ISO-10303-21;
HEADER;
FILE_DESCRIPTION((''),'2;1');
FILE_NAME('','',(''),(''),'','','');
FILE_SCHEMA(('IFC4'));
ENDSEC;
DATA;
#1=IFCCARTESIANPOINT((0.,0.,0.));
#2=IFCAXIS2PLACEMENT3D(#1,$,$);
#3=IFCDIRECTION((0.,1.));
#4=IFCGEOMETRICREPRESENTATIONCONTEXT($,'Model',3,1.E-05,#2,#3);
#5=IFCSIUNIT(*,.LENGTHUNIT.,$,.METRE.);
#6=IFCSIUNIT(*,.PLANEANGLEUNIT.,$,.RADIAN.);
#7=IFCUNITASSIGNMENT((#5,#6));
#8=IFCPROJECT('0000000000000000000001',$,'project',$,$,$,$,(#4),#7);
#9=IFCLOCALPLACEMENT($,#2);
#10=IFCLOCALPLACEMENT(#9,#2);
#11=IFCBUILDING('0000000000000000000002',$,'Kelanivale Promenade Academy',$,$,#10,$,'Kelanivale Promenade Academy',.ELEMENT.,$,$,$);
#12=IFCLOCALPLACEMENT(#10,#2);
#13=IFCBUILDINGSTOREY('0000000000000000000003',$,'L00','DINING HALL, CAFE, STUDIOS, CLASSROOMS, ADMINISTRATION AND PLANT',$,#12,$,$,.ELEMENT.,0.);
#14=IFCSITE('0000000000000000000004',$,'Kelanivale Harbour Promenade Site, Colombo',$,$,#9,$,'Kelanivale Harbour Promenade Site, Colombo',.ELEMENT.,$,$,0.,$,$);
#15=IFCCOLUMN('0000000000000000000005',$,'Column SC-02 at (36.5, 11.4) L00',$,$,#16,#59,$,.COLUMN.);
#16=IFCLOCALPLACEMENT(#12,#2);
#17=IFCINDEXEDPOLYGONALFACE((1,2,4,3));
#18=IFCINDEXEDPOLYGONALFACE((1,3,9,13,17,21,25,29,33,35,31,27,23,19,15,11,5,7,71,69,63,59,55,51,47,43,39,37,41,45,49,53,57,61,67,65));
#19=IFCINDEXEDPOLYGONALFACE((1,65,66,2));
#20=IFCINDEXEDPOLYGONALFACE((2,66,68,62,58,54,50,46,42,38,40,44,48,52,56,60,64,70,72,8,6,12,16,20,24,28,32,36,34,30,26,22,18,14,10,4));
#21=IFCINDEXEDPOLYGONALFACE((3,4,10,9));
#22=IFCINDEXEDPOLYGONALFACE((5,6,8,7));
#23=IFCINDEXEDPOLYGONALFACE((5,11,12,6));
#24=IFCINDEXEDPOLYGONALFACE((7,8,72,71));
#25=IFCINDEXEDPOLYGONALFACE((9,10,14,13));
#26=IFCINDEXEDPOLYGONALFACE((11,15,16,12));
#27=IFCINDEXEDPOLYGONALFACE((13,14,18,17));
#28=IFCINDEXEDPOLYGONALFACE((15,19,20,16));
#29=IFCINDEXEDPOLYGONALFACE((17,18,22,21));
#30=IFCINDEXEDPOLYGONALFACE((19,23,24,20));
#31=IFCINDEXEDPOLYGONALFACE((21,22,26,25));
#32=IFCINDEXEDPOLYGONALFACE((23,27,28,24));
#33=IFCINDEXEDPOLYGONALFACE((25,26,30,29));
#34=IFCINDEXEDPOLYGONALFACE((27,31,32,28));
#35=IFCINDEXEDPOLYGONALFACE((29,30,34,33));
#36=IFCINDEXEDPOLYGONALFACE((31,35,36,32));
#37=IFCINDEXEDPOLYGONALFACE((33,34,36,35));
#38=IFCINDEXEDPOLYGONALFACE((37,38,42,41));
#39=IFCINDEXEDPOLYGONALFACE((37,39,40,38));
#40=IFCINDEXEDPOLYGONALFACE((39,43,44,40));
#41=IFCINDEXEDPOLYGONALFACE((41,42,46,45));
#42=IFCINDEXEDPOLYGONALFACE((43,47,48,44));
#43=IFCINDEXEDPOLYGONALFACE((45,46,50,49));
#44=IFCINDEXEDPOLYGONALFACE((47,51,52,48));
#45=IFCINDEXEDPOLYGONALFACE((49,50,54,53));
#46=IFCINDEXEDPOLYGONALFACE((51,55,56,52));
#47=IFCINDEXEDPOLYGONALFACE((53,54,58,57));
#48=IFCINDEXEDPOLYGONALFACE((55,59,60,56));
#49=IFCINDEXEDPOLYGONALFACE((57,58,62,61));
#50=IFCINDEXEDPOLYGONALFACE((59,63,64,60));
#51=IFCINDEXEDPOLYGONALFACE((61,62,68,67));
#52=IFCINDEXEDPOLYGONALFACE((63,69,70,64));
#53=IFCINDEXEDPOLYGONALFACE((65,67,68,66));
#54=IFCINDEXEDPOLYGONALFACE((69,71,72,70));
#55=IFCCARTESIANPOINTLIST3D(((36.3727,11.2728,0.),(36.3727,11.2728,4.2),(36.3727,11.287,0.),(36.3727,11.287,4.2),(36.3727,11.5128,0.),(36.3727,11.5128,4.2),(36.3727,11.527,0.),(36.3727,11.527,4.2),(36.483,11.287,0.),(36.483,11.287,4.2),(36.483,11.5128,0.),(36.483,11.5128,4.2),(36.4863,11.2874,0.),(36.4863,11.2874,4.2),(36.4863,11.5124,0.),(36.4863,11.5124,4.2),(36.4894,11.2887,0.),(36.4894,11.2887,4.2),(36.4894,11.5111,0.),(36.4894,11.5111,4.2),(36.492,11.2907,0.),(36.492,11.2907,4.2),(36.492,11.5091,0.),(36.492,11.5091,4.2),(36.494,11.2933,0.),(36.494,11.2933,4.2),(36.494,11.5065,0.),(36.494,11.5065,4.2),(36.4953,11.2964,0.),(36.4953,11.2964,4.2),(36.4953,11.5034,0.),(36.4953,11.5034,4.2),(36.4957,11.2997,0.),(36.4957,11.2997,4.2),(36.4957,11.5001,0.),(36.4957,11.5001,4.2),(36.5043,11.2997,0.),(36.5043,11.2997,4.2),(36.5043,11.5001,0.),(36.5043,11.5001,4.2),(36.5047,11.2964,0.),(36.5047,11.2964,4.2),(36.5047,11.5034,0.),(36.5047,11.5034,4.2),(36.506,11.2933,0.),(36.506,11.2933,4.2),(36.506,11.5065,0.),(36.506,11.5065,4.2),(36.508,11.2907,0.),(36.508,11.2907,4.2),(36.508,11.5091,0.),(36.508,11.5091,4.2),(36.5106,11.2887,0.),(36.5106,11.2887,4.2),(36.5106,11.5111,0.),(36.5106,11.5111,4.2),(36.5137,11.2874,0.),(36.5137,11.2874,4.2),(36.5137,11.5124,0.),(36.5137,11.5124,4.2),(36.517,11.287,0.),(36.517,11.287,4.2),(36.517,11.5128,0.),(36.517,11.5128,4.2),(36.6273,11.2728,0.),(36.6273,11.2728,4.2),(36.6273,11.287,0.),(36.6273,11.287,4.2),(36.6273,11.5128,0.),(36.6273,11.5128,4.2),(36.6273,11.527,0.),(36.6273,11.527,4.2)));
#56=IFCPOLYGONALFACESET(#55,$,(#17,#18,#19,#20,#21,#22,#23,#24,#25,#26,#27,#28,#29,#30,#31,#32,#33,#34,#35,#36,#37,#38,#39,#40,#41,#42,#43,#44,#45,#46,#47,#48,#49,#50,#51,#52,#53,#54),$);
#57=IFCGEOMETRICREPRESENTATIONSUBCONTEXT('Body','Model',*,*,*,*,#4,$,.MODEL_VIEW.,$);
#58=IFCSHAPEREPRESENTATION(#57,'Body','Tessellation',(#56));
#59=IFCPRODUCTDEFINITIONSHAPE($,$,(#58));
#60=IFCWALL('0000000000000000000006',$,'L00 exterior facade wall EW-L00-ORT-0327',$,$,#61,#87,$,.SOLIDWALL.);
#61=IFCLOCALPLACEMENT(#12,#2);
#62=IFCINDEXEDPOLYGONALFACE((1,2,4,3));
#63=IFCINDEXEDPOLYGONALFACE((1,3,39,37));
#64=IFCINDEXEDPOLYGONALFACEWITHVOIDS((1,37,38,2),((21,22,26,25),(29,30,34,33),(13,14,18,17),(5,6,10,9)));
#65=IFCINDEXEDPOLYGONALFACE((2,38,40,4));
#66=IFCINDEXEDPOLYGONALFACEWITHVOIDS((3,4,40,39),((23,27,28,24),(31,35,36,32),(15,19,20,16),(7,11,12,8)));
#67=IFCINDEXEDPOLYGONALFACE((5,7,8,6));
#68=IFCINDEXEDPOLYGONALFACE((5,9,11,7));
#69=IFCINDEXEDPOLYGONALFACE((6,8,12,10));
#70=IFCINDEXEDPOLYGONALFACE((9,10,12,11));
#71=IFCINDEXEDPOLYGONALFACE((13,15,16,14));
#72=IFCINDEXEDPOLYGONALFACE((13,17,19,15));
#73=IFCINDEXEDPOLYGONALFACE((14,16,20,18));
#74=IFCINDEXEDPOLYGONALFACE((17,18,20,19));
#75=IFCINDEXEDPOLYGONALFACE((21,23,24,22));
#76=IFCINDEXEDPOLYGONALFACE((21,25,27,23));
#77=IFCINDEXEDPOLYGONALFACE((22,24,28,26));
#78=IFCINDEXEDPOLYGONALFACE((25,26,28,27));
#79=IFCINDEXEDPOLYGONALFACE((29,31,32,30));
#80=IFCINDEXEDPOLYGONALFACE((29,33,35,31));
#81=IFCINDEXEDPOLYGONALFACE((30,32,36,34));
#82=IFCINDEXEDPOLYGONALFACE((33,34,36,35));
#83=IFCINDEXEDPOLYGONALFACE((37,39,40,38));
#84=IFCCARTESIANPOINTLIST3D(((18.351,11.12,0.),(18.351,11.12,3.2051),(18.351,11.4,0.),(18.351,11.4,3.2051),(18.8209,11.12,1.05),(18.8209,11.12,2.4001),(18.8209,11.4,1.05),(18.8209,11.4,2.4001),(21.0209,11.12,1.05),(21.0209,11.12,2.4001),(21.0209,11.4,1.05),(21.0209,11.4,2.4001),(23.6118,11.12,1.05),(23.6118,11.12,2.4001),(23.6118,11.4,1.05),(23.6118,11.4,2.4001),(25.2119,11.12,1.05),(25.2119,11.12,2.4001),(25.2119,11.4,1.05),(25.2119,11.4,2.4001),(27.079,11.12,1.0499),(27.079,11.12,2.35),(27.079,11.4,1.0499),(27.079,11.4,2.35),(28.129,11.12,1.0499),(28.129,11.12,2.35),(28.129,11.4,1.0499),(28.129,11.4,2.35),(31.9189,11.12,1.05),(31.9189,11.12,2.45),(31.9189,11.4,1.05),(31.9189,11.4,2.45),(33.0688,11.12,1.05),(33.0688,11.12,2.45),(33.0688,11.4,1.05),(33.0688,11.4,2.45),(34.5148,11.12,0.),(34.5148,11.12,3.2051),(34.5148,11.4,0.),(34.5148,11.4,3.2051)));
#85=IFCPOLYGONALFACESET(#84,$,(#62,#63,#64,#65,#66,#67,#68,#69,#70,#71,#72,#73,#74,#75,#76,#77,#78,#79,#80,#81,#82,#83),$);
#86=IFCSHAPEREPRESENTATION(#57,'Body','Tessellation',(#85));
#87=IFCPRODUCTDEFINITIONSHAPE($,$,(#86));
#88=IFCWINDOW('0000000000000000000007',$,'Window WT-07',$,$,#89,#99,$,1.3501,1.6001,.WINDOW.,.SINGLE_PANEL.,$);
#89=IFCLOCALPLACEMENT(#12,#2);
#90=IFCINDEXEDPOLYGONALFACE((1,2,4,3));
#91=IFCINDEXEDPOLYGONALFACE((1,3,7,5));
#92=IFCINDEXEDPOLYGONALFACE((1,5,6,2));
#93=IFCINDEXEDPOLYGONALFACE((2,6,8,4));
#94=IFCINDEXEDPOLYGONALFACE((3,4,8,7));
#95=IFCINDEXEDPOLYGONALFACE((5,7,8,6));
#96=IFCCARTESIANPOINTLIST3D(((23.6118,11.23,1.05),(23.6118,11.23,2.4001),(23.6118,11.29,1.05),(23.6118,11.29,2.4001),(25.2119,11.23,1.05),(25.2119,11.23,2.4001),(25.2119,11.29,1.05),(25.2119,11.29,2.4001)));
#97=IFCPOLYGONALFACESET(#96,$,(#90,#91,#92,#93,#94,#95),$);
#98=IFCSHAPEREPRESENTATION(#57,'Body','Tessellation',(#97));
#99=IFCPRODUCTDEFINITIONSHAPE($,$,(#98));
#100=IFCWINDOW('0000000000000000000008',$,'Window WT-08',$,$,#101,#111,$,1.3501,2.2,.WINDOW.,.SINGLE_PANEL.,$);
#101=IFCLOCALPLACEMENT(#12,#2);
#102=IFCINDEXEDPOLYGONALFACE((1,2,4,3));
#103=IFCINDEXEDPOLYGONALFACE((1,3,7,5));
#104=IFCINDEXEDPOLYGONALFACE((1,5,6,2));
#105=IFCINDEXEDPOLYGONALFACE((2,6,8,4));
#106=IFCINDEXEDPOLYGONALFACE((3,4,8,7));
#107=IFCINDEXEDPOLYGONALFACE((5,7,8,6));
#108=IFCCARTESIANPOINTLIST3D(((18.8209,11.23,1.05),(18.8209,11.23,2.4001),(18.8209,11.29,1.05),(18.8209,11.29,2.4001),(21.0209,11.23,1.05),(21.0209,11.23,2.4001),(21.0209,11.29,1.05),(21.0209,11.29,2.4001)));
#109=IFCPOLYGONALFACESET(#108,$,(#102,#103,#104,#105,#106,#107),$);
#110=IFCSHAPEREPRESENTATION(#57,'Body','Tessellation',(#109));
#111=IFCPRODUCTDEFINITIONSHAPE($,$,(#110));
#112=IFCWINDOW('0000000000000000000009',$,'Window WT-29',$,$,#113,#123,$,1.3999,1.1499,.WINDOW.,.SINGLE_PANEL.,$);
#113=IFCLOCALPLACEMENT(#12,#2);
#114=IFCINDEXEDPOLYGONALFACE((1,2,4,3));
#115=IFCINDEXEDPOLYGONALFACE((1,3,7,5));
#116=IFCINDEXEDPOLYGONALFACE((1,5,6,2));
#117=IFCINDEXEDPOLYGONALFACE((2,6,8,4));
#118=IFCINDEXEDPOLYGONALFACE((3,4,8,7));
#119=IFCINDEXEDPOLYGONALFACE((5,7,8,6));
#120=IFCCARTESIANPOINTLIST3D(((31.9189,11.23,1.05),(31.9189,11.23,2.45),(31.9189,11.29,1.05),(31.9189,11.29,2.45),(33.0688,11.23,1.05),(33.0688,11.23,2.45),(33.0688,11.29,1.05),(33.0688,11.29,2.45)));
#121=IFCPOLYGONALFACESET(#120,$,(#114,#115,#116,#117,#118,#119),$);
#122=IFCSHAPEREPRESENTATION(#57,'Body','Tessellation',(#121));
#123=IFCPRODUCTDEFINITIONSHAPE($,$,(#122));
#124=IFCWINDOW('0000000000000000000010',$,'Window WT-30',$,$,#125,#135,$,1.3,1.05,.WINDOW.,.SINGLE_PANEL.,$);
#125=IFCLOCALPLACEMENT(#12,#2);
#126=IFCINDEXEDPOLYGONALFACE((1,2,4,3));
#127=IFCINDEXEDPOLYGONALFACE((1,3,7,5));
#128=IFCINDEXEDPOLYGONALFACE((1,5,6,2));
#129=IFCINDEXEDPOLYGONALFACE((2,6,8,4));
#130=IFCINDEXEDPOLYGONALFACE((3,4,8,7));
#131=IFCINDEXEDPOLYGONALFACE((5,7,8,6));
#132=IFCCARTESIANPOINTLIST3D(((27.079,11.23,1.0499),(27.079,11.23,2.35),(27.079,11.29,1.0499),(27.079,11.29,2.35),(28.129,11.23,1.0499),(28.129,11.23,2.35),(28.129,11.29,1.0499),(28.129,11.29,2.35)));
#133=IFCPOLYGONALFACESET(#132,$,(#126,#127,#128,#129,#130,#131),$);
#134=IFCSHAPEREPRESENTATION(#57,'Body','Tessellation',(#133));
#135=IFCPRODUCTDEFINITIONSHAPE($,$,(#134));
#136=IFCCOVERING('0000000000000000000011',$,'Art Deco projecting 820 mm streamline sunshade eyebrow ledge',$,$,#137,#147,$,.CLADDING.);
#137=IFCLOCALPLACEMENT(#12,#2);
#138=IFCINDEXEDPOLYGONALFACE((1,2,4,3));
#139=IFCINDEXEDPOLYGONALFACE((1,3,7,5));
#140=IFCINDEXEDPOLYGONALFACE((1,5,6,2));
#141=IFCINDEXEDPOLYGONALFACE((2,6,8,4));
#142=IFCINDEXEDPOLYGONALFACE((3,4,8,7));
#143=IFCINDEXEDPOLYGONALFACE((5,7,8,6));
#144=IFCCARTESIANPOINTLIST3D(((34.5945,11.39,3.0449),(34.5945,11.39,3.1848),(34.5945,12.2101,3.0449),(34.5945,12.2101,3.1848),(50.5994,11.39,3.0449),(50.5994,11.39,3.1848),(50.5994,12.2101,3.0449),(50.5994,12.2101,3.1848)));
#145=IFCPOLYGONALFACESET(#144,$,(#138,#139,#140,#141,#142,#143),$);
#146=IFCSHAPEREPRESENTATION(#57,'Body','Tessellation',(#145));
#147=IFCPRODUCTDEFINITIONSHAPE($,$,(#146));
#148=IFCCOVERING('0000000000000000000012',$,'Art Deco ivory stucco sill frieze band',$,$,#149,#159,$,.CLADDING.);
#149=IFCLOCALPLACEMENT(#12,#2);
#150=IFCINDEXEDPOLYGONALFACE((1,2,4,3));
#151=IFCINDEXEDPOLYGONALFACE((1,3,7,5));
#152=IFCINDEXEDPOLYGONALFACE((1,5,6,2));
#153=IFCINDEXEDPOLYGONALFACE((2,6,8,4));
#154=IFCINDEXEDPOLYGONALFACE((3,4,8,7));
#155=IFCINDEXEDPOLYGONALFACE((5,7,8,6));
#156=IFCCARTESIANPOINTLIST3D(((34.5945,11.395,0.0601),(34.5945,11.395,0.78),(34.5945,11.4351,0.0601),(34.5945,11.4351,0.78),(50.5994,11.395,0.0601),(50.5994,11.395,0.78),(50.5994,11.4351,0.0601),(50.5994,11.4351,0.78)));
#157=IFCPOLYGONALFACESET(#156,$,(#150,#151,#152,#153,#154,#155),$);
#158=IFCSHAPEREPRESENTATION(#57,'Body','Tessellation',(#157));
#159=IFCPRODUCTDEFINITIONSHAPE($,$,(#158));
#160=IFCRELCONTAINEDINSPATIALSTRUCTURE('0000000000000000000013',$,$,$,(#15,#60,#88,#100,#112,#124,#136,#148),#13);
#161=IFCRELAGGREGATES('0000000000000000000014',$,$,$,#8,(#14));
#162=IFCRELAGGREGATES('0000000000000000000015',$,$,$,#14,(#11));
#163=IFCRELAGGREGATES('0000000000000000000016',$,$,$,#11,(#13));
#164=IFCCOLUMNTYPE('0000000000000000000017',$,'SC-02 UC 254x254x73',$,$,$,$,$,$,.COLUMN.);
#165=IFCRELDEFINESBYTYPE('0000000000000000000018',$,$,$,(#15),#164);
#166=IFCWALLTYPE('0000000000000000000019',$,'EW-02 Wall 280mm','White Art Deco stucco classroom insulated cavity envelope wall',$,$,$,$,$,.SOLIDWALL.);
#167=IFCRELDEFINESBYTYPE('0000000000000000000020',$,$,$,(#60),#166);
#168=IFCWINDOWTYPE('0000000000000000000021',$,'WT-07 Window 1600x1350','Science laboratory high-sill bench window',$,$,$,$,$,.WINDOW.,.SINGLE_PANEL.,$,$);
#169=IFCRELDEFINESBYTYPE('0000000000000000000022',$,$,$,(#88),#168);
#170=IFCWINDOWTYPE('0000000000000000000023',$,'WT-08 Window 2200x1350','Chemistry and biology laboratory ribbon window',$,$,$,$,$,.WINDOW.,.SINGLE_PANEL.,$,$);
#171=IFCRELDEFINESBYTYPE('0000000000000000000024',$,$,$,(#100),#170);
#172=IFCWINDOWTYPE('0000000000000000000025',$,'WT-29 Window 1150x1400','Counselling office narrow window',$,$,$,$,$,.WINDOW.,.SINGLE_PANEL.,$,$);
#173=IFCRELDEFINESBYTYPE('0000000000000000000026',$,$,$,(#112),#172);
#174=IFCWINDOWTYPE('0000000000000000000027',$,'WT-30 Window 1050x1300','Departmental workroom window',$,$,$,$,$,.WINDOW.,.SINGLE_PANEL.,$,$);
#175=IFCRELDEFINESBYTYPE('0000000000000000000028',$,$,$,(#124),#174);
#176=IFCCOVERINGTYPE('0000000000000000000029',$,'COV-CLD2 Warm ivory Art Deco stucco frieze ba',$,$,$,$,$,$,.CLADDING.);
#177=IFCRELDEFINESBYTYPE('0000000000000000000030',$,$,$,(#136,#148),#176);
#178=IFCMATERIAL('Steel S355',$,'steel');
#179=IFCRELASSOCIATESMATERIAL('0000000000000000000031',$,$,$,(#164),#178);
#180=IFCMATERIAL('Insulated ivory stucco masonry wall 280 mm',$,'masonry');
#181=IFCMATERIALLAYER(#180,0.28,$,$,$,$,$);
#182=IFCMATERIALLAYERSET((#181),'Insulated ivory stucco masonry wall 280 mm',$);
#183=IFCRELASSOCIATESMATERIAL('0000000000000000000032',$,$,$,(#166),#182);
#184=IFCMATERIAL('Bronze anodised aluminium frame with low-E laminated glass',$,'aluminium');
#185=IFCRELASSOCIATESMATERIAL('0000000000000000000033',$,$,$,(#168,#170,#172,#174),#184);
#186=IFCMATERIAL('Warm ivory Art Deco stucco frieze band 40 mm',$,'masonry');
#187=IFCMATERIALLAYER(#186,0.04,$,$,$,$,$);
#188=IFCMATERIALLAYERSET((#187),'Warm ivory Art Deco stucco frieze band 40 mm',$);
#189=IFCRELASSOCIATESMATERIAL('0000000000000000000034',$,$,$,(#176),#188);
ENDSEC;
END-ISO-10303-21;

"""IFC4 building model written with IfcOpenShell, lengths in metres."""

from ifc_helpers import new_model, si_unit, direction, frame, frame_2d, origin, origin_2d, place, context, subcontext, project, spatial, rectangle, i_section, extrude, material, layer, layer_set, material_profile, profile_set, type_object, element, fill, save


model = new_model("IFC4")

# Units and contexts
model_context = context("Model", 3, precision=1e-05, world=origin(), true_north=direction((0.0, 1.0)))
body_context = subcontext(model_context, "Body", "Model", "MODEL_VIEW")
ifc_project = project(units=[si_unit("LENGTHUNIT", "METRE"), si_unit("PLANEANGLEUNIT", "RADIAN")], contexts=[model_context])

# Site, building, storey
site_placement = place(None, origin())
site = spatial("IfcSite", under=ifc_project, at=site_placement, Name="Kelanivale Harbour Promenade Site, Colombo", LongName="Kelanivale Harbour Promenade Site, Colombo", CompositionType="ELEMENT", RefElevation=0.0)
building_placement = place(site_placement, origin())
building = spatial("IfcBuilding", under=site, at=building_placement, Name="Kelanivale Promenade Academy", LongName="Kelanivale Promenade Academy", CompositionType="ELEMENT")
storey_placement = place(building_placement, origin())
storey = spatial("IfcBuildingStorey", under=building, at=storey_placement, Name="L00", Description="DINING HALL, CAFE, STUDIOS, CLASSROOMS, ADMINISTRATION AND PLANT", CompositionType="ELEMENT", Elevation=0.0)

# Column
ifc_material_1 = material(Name="Steel S355", Category="steel")
ifc_material_profile_1 = material_profile(ifc_material_1, i_section(OverallWidth=0.2546, OverallDepth=0.2542, WebThickness=0.0085, FlangeThickness=0.0142, FilletRadius=0.0127, at=origin_2d()), Name="UC 254x254x73")
ifc_profile_set_1 = profile_set([ifc_material_profile_1], Name="Steel S355")
column_type_1 = type_object("IfcColumnType", Name="SC-02 UC 254x254x73", PredefinedType="COLUMN", material=ifc_profile_set_1)
column_1_placement = place(storey_placement, frame((36.5, 11.3999, 0.0), z_axis=(0.0, 0.0, 1.0), x_axis=(1.0, 0.0, 0.0)))
element("IfcColumn", 1, at=column_1_placement, inside=storey, type_object=column_type_1, Name="Column SC-02 at (36.5, 11.4) L00", PredefinedType="COLUMN", context=body_context, shape_type="SweptSolid", body=[
    extrude(i_section(OverallWidth=0.2546, OverallDepth=0.2542, WebThickness=0.0085, FlangeThickness=0.0142, FilletRadius=0.0127, at=origin_2d()), origin(), (0.0, 0.0, 1.0), 4.2),
])

# Wall, openings, windows
ifc_material_2 = material(Name="Insulated ivory stucco masonry wall 280 mm", Category="masonry")
ifc_layer_1 = layer(ifc_material_2, 0.28)
ifc_layer_set_1 = layer_set([ifc_layer_1], Name="Insulated ivory stucco masonry wall 280 mm")
wall_type = type_object("IfcWallType", Name="EW-02 Wall 280mm", Description="White Art Deco stucco classroom insulated cavity envelope wall", PredefinedType="SOLIDWALL", material=ifc_layer_set_1)
wall_placement = place(storey_placement, frame((34.5149, 11.26, 0.0), z_axis=(0.0, 0.0, 1.0), x_axis=(-1.0, 0.0, 0.0)))
wall = element("IfcWall", 2, at=wall_placement, inside=storey, type_object=wall_type, Name="L00 exterior facade wall EW-L00-ORT-0327", PredefinedType="SOLIDWALL", context=body_context, shape_type="SweptSolid", body=[
    extrude(rectangle(XDim=16.1638, YDim=0.28, at=frame_2d((8.082, 0.0))), origin(), (0.0, 0.0, 1.0), 3.2051),
])
opening_1_placement = place(wall_placement, frame((1.446, 0.0, 1.05)))
opening_1 = element("IfcOpeningElement", 3, at=opening_1_placement, cuts=wall, PredefinedType="OPENING", context=body_context, shape_type="SweptSolid", body=[
    extrude(rectangle(XDim=1.1499, YDim=1.3999, at=frame_2d((0.575, 0.7))), frame((0.0, 0.1499, 0.0), z_axis=(0.0, -1.0, 0.0), x_axis=(1.0, 0.0, 0.0)), (0.0, 0.0, 1.0), 0.3),
])
opening_2_placement = place(wall_placement, frame((6.386, 0.0, 1.05)))
opening_2 = element("IfcOpeningElement", 4, at=opening_2_placement, cuts=wall, PredefinedType="OPENING", context=body_context, shape_type="SweptSolid", body=[
    extrude(rectangle(XDim=1.05, YDim=1.3, at=frame_2d((0.5249, 0.6499))), frame((0.0, 0.1499, 0.0), z_axis=(0.0, -1.0, 0.0), x_axis=(1.0, 0.0, 0.0)), (0.0, 0.0, 1.0), 0.3),
])
opening_3_placement = place(wall_placement, frame((9.303, 0.0, 1.05)))
opening_3 = element("IfcOpeningElement", 5, at=opening_3_placement, cuts=wall, PredefinedType="OPENING", context=body_context, shape_type="SweptSolid", body=[
    extrude(rectangle(XDim=1.6001, YDim=1.3501, at=frame_2d((0.8, 0.675))), frame((0.0, 0.1499, 0.0), z_axis=(0.0, -1.0, 0.0), x_axis=(1.0, 0.0, 0.0)), (0.0, 0.0, 1.0), 0.3),
])
opening_4_placement = place(wall_placement, frame((13.4939, 0.0, 1.05)))
opening_4 = element("IfcOpeningElement", 6, at=opening_4_placement, cuts=wall, PredefinedType="OPENING", context=body_context, shape_type="SweptSolid", body=[
    extrude(rectangle(XDim=2.2, YDim=1.3501, at=frame_2d((1.1001, 0.675))), frame((0.0, 0.1499, 0.0), z_axis=(0.0, -1.0, 0.0), x_axis=(1.0, 0.0, 0.0)), (0.0, 0.0, 1.0), 0.3),
])
ifc_material_3 = material(Name="Bronze anodised aluminium frame with low-E laminated glass", Category="aluminium")
window_type_1 = type_object("IfcWindowType", Name="WT-07 Window 1600x1350", Description="Science laboratory high-sill bench window", PartitioningType="SINGLE_PANEL", PredefinedType="WINDOW", material=ifc_material_3)
window_1_placement = place(opening_3_placement, origin())
window_1 = element("IfcWindow", 7, at=window_1_placement, inside=storey, type_object=window_type_1, Name="Window WT-07", OverallHeight=1.3501, OverallWidth=1.6001, PartitioningType="SINGLE_PANEL", PredefinedType="WINDOW", context=body_context, shape_type="SweptSolid", body=[
    extrude(rectangle(XDim=1.6001, YDim=1.3501, at=frame_2d((0.8, 0.675))), frame((0.0, 0.03, 0.0), z_axis=(0.0, -1.0, 0.0), x_axis=(1.0, 0.0, 0.0)), (0.0, 0.0, 1.0), 0.0601),
])
fill(opening_3, window_1)
window_type_2 = type_object("IfcWindowType", Name="WT-08 Window 2200x1350", Description="Chemistry and biology laboratory ribbon window", PartitioningType="SINGLE_PANEL", PredefinedType="WINDOW", material=ifc_material_3)
window_2_placement = place(opening_4_placement, origin())
window_2 = element("IfcWindow", 8, at=window_2_placement, inside=storey, type_object=window_type_2, Name="Window WT-08", OverallHeight=1.3501, OverallWidth=2.2, PartitioningType="SINGLE_PANEL", PredefinedType="WINDOW", context=body_context, shape_type="SweptSolid", body=[
    extrude(rectangle(XDim=2.2, YDim=1.3501, at=frame_2d((1.1001, 0.675))), frame((0.0, 0.03, 0.0), z_axis=(0.0, -1.0, 0.0), x_axis=(1.0, 0.0, 0.0)), (0.0, 0.0, 1.0), 0.0601),
])
fill(opening_4, window_2)
window_type_3 = type_object("IfcWindowType", Name="WT-29 Window 1150x1400", Description="Counselling office narrow window", PartitioningType="SINGLE_PANEL", PredefinedType="WINDOW", material=ifc_material_3)
window_3_placement = place(opening_1_placement, origin())
window_3 = element("IfcWindow", 9, at=window_3_placement, inside=storey, type_object=window_type_3, Name="Window WT-29", OverallHeight=1.3999, OverallWidth=1.1499, PartitioningType="SINGLE_PANEL", PredefinedType="WINDOW", context=body_context, shape_type="SweptSolid", body=[
    extrude(rectangle(XDim=1.1499, YDim=1.3999, at=frame_2d((0.575, 0.7))), frame((0.0, 0.03, 0.0), z_axis=(0.0, -1.0, 0.0), x_axis=(1.0, 0.0, 0.0)), (0.0, 0.0, 1.0), 0.0601),
])
fill(opening_1, window_3)
window_type_4 = type_object("IfcWindowType", Name="WT-30 Window 1050x1300", Description="Departmental workroom window", PartitioningType="SINGLE_PANEL", PredefinedType="WINDOW", material=ifc_material_3)
window_4_placement = place(opening_2_placement, origin())
window_4 = element("IfcWindow", 10, at=window_4_placement, inside=storey, type_object=window_type_4, Name="Window WT-30", OverallHeight=1.3, OverallWidth=1.05, PartitioningType="SINGLE_PANEL", PredefinedType="WINDOW", context=body_context, shape_type="SweptSolid", body=[
    extrude(rectangle(XDim=1.05, YDim=1.3, at=frame_2d((0.5249, 0.6499))), frame((0.0, 0.03, 0.0), z_axis=(0.0, -1.0, 0.0), x_axis=(1.0, 0.0, 0.0)), (0.0, 0.0, 1.0), 0.0601),
])
fill(opening_2, window_4)

# Coverings
ifc_material_4 = material(Name="Warm ivory Art Deco stucco frieze band 40 mm", Category="masonry")
ifc_layer_2 = layer(ifc_material_4, 0.04)
ifc_layer_set_2 = layer_set([ifc_layer_2], Name="Warm ivory Art Deco stucco frieze band 40 mm")
covering_type = type_object("IfcCoveringType", Name="COV-CLD2 Warm ivory Art Deco stucco frieze ba", PredefinedType="CLADDING", material=ifc_layer_set_2)
covering_1_placement = place(storey_placement, frame((42.5969, 11.8, 3.0449), z_axis=(0.0, 0.0, 1.0), x_axis=(-1.0, 0.0, 0.0)))
element("IfcCovering", 11, at=covering_1_placement, inside=storey, type_object=covering_type, Name="Art Deco projecting 820 mm streamline sunshade eyebrow ledge", PredefinedType="CLADDING", context=body_context, shape_type="SweptSolid", body=[
    extrude(rectangle(XDim=16.0049, YDim=0.8201, at=origin_2d()), origin(), (0.0, 0.0, 1.0), 0.1399),
])
covering_2_placement = place(storey_placement, frame((42.5969, 11.415, 0.0601), z_axis=(0.0, 0.0, 1.0), x_axis=(-1.0, 0.0, 0.0)))
element("IfcCovering", 12, at=covering_2_placement, inside=storey, type_object=covering_type, Name="Art Deco ivory stucco sill frieze band", PredefinedType="CLADDING", context=body_context, shape_type="SweptSolid", body=[
    extrude(rectangle(XDim=16.0049, YDim=0.04, at=origin_2d()), origin(), (0.0, 0.0, 1.0), 0.72),
])

save(model, "model.ifc")
